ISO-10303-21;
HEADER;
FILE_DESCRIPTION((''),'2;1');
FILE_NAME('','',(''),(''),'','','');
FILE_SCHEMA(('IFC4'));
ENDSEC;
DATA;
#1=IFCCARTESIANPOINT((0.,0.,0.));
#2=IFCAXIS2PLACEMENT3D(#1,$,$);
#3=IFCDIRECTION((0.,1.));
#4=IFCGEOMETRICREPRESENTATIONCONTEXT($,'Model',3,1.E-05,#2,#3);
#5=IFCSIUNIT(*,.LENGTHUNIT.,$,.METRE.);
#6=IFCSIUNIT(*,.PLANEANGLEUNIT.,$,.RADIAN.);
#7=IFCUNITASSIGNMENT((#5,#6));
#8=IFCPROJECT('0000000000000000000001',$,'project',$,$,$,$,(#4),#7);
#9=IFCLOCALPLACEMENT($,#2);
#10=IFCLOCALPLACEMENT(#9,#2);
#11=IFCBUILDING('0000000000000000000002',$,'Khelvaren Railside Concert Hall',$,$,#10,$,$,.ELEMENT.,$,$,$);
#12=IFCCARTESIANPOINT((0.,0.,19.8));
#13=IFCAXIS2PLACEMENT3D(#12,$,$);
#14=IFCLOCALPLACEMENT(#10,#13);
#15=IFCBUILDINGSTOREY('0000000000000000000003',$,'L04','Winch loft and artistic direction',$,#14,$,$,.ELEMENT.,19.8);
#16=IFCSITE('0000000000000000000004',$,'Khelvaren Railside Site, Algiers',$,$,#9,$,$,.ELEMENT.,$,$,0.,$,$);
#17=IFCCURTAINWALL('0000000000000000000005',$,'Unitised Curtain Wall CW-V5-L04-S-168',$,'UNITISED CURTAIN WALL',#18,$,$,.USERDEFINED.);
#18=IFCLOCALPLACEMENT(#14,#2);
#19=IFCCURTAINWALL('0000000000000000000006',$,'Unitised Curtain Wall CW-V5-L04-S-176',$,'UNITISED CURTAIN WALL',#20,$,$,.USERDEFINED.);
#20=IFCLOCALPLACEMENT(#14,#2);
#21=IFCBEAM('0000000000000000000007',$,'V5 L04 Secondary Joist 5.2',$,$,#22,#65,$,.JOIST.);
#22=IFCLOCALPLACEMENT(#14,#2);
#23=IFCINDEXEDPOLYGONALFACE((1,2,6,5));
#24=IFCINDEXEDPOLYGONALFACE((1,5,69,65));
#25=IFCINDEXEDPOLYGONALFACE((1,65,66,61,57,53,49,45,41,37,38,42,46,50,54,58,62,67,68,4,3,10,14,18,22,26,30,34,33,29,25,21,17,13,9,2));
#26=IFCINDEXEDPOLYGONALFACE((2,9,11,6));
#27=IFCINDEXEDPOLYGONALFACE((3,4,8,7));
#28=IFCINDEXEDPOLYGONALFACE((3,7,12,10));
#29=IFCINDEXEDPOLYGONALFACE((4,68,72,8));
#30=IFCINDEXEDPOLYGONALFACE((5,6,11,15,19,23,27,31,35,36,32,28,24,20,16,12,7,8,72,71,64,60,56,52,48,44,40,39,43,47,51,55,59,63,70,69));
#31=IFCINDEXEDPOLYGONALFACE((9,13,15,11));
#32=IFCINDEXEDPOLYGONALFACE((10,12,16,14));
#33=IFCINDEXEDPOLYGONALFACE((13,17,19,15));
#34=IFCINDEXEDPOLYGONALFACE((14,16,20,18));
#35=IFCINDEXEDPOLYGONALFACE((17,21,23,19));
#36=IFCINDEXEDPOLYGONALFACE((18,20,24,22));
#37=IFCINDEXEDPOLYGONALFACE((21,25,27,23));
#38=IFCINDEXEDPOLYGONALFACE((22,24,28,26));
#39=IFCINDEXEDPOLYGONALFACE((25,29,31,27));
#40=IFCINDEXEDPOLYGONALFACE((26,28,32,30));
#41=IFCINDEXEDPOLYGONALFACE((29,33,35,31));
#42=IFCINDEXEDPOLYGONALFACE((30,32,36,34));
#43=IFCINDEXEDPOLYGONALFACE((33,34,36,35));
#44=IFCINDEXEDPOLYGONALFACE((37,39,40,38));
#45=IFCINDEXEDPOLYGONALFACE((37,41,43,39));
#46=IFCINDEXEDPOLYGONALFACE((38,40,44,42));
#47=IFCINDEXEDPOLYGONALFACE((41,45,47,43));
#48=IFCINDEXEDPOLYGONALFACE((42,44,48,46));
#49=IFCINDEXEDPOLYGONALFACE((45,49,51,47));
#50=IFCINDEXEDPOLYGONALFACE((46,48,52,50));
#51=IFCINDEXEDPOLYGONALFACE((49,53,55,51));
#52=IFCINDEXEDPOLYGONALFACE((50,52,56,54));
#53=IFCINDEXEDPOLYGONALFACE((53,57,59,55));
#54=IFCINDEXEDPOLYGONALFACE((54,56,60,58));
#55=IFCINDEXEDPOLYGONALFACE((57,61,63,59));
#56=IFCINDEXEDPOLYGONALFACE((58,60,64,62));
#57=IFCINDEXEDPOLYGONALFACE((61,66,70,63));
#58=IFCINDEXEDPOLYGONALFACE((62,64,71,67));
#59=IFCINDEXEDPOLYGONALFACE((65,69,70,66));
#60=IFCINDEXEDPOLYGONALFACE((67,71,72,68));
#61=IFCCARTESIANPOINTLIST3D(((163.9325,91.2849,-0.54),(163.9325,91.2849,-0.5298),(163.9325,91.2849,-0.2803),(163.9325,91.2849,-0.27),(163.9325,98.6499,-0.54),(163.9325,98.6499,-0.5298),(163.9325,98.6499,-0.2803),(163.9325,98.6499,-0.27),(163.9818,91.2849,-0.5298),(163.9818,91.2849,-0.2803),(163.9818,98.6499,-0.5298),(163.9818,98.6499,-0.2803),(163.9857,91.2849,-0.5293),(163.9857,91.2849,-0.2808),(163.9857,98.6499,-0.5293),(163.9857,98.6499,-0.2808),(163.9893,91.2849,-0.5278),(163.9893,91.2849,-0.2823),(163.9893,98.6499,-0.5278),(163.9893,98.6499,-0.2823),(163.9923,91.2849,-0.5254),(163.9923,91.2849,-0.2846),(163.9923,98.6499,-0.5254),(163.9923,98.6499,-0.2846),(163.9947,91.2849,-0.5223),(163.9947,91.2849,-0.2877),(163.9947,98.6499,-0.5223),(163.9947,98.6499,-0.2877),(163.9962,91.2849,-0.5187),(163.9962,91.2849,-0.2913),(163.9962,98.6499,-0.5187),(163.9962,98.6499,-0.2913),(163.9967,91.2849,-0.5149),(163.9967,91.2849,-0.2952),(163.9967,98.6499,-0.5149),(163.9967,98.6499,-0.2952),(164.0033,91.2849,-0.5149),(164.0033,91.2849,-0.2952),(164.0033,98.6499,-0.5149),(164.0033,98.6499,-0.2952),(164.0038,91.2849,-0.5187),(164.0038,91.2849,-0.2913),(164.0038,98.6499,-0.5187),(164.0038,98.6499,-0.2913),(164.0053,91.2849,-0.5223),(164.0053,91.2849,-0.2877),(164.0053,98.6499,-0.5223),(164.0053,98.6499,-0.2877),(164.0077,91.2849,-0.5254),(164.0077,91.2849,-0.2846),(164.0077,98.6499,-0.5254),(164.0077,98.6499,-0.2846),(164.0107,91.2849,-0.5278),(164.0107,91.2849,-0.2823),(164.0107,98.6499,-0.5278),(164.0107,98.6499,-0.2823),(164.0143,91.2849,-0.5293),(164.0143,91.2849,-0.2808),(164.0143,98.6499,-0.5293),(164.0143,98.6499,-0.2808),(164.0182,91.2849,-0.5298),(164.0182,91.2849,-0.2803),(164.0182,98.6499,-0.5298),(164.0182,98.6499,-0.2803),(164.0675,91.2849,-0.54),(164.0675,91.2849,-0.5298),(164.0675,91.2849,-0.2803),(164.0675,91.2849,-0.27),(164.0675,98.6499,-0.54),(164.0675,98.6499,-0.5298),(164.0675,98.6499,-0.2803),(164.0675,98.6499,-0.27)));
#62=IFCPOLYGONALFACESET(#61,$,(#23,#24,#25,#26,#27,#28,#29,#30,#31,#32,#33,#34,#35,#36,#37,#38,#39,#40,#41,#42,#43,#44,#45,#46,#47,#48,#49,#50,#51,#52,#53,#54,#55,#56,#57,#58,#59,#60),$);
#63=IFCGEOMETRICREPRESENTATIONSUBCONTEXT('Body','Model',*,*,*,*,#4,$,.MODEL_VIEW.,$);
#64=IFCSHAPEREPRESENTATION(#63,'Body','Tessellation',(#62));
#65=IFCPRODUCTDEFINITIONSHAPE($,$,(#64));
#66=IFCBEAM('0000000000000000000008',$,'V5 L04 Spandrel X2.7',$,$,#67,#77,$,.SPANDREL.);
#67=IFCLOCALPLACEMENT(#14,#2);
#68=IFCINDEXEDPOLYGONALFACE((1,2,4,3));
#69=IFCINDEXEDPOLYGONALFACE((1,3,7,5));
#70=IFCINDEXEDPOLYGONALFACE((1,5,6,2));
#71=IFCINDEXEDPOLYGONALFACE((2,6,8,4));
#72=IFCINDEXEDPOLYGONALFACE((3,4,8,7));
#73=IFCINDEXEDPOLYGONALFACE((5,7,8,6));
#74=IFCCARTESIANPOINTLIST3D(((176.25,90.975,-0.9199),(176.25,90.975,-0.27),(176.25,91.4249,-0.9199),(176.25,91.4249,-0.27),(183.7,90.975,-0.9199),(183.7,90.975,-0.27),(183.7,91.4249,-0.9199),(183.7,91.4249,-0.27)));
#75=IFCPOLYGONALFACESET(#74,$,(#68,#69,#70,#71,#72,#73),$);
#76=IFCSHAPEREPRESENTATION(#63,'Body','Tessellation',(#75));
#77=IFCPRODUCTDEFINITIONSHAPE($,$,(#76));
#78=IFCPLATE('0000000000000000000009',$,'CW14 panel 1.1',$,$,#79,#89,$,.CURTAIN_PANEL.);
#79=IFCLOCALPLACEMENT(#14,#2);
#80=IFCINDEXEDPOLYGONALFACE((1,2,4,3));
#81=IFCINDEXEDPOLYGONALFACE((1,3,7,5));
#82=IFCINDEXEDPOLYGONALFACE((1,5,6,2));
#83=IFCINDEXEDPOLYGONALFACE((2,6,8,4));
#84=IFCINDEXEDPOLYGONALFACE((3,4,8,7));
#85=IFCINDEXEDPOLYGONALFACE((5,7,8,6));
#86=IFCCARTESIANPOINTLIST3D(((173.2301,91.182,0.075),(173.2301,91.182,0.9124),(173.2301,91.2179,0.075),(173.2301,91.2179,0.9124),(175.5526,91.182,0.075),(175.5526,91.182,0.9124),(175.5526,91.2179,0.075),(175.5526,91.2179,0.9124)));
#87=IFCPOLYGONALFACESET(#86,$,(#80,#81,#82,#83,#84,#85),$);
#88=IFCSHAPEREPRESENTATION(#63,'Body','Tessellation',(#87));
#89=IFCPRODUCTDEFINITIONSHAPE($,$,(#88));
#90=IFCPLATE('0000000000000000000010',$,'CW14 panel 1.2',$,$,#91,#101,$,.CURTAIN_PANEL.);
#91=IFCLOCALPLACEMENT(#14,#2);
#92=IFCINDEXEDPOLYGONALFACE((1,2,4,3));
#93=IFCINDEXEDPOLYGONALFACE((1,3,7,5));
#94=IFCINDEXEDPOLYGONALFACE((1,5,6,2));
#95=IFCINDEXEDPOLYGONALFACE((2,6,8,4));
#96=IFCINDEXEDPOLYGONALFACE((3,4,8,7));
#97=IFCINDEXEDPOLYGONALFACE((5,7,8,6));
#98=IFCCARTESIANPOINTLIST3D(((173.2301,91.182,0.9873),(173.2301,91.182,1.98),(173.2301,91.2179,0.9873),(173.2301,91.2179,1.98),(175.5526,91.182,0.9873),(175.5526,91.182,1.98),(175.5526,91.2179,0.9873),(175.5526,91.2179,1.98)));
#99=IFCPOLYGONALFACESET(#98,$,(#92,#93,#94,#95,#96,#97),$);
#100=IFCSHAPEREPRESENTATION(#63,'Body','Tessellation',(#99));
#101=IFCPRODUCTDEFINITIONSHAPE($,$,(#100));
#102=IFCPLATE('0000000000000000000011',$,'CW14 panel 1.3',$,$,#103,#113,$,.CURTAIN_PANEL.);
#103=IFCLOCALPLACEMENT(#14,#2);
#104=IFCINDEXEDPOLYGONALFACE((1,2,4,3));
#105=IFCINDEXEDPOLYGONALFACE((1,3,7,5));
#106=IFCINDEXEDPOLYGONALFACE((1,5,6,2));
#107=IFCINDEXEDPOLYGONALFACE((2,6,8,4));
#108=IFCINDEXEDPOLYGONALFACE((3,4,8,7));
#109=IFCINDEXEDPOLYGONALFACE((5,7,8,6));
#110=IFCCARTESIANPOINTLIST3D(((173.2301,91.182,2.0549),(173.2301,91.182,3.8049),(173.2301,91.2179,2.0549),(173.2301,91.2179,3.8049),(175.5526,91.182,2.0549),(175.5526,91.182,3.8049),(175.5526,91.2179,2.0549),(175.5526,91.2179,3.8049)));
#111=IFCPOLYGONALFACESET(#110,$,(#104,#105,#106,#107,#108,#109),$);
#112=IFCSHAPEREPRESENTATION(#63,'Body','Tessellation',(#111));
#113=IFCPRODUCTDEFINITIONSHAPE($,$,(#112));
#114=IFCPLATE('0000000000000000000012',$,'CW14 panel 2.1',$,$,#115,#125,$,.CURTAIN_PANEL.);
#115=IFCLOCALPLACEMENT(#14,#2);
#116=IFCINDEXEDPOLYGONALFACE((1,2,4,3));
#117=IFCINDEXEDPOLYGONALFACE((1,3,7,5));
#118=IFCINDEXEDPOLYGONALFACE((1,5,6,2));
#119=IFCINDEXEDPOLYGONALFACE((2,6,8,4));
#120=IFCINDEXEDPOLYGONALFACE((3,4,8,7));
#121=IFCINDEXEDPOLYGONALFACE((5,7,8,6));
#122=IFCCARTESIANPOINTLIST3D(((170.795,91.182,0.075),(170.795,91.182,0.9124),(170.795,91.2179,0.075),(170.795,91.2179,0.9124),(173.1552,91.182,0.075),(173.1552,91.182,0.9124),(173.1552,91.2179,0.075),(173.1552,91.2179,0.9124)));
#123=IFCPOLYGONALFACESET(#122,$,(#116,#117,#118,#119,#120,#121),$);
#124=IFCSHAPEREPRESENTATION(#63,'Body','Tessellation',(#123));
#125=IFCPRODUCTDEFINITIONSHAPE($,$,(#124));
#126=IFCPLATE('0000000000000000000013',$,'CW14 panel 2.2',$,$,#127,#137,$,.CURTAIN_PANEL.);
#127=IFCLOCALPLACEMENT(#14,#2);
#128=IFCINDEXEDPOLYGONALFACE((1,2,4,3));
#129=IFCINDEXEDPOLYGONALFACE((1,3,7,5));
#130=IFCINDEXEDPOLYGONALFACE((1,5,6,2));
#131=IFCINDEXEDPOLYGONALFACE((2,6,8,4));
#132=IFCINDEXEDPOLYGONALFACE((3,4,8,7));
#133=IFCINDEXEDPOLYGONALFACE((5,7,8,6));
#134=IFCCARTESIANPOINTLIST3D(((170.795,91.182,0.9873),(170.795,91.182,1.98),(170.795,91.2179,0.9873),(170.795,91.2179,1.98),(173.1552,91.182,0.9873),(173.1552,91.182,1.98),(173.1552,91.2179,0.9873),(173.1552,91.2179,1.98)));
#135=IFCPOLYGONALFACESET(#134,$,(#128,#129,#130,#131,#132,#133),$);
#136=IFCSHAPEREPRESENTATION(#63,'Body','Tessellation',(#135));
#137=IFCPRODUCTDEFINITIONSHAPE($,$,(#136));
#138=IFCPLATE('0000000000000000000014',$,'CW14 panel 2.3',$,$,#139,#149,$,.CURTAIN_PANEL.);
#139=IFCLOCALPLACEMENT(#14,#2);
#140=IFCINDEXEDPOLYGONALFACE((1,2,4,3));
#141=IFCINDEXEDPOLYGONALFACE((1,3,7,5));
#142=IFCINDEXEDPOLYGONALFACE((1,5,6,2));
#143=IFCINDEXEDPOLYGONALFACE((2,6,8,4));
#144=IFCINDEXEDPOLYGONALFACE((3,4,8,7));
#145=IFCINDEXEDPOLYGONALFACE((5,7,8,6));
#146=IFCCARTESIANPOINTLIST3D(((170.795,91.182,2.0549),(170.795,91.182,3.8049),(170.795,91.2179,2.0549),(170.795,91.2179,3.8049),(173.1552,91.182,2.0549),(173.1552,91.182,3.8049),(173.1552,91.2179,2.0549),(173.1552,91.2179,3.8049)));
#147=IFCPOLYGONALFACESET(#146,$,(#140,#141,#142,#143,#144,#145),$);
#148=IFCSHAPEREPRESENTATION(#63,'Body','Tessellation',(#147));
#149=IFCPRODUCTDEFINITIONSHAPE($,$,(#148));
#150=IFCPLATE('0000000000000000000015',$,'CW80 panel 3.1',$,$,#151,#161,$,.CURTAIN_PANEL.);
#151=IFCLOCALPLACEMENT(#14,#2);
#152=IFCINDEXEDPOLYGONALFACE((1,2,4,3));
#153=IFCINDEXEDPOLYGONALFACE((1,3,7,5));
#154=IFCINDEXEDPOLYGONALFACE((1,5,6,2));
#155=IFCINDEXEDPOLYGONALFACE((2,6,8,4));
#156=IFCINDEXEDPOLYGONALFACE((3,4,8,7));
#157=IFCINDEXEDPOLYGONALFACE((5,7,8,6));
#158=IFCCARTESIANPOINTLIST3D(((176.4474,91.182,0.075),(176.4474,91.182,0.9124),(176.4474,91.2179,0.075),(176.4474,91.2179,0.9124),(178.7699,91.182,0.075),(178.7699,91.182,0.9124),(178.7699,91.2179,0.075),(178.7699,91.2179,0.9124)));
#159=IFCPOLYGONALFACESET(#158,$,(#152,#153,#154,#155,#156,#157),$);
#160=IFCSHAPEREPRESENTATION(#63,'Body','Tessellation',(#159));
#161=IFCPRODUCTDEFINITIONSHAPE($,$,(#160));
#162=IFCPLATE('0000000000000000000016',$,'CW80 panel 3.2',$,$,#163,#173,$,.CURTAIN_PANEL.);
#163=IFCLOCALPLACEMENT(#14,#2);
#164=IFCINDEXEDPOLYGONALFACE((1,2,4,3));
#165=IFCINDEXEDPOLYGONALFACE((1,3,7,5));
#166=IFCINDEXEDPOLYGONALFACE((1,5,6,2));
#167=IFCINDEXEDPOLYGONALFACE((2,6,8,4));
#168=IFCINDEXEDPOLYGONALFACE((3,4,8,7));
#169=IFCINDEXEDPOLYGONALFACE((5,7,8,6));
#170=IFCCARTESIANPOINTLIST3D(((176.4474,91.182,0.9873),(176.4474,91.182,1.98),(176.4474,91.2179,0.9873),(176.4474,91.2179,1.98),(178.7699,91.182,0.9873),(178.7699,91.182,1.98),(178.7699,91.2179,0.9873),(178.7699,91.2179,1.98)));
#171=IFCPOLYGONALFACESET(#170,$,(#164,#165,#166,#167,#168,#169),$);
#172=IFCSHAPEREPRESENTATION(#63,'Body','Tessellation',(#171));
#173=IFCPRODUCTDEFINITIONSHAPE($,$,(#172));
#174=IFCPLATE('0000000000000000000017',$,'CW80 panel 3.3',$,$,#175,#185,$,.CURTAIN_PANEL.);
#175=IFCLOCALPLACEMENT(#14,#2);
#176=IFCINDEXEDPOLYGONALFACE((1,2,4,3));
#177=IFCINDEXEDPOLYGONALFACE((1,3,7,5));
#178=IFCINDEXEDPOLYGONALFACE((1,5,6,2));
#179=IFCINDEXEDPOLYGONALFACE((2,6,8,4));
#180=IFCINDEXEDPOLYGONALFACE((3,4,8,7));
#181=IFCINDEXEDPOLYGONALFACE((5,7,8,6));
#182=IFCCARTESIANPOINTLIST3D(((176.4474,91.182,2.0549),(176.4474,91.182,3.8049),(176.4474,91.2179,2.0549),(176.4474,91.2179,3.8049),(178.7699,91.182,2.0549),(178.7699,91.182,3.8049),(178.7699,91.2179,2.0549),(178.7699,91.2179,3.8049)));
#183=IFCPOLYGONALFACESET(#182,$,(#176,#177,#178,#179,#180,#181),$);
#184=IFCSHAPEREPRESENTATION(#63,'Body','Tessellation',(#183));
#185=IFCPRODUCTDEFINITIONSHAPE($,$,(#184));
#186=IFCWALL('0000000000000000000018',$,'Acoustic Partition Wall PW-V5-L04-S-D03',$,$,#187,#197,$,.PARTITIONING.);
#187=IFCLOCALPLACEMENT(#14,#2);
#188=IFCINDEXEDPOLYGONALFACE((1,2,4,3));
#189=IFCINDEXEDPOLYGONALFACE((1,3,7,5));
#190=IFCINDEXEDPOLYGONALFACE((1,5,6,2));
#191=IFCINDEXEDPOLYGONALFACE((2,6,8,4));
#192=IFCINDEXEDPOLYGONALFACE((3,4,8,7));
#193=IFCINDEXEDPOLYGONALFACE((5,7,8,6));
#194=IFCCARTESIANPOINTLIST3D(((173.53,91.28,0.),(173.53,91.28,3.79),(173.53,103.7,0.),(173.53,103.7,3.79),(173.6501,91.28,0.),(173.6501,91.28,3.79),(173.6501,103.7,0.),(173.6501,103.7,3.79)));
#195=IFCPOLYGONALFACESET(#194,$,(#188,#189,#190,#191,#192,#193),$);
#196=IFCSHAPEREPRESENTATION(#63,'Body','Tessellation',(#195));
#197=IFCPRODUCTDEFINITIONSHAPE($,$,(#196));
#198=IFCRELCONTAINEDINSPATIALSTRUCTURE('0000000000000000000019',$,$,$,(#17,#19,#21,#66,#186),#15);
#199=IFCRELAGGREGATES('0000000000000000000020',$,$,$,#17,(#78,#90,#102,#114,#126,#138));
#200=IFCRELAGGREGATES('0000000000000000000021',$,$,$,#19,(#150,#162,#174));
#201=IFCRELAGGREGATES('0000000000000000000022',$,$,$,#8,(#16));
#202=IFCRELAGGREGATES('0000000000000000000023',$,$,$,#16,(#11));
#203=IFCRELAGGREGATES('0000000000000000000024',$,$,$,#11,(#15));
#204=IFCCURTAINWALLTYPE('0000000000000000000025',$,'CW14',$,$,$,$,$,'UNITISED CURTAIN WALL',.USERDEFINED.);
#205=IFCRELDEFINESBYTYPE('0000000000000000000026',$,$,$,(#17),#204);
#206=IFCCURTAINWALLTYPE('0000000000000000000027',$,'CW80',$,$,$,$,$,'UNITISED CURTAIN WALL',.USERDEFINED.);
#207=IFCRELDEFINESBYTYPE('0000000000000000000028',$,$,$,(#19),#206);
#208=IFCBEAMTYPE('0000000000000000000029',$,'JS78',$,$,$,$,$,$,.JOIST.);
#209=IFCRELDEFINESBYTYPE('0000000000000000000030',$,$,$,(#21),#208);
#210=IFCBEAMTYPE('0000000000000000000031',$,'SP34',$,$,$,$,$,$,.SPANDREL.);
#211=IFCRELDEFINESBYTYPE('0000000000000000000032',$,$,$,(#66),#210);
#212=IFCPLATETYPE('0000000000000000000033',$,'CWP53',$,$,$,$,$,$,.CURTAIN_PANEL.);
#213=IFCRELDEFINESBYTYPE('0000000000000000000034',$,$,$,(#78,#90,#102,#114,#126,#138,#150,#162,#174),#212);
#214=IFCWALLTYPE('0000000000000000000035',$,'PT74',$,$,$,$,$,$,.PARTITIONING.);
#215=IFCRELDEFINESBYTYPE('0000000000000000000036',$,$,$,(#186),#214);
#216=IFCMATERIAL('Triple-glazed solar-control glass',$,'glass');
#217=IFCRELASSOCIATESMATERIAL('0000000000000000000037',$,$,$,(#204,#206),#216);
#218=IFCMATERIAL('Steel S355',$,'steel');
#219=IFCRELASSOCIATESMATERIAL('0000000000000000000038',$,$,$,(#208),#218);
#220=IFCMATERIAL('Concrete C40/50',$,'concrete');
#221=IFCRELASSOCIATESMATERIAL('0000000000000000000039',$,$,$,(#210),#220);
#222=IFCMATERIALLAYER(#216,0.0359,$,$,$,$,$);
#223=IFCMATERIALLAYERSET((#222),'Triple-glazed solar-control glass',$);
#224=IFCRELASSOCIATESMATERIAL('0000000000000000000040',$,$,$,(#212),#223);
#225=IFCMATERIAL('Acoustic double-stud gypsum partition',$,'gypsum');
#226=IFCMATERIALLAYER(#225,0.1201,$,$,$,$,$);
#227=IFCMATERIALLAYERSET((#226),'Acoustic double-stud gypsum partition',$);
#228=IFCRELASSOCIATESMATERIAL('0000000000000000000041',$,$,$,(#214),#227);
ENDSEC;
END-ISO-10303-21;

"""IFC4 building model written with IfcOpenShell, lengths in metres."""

from ifc_helpers import new_model, si_unit, direction, frame, frame_2d, origin, origin_2d, place, context, subcontext, project, spatial, rectangle, i_section, extrude, material, layer, layer_set, material_profile, profile_set, type_object, element, aggregate, save


model = new_model("IFC4")

# Units and contexts
model_context = context("Model", 3, precision=1e-05, world=origin(), true_north=direction((0.0, 1.0)))
body_context = subcontext(model_context, "Body", "Model", "MODEL_VIEW")
ifc_project = project(units=[si_unit("LENGTHUNIT", "METRE"), si_unit("PLANEANGLEUNIT", "RADIAN")], contexts=[model_context])

# Site, building, storey
site_placement = place(None, origin())
site = spatial("IfcSite", under=ifc_project, at=site_placement, Name="Khelvaren Railside Site, Algiers", CompositionType="ELEMENT", RefElevation=0.0)
building_placement = place(site_placement, origin())
building = spatial("IfcBuilding", under=site, at=building_placement, Name="Khelvaren Railside Concert Hall", CompositionType="ELEMENT")
storey_placement = place(building_placement, frame((0.0, 0.0, 19.8)))
storey = spatial("IfcBuildingStorey", under=building, at=storey_placement, Name="L04", Description="Winch loft and artistic direction", CompositionType="ELEMENT", Elevation=19.8)

# Shared definitions
ifc_material_1 = material(Name="Steel S355", Category="steel")

# Curtain wall
ifc_material_2 = material(Name="Triple-glazed solar-control glass", Category="glass")
curtain_wall_type_1 = type_object("IfcCurtainWallType", Name="CW14", ElementType="UNITISED CURTAIN WALL", PredefinedType="USERDEFINED", material=ifc_material_2)
curtain_wall_1_placement = place(storey_placement, origin())
curtain_wall_1 = element("IfcCurtainWall", 1, at=curtain_wall_1_placement, inside=storey, type_object=curtain_wall_type_1, Name="Unitised Curtain Wall CW-V5-L04-S-168", ObjectType="UNITISED CURTAIN WALL", PredefinedType="USERDEFINED")

# Curtain wall
curtain_wall_type_2 = type_object("IfcCurtainWallType", Name="CW80", ElementType="UNITISED CURTAIN WALL", PredefinedType="USERDEFINED", material=ifc_material_2)
curtain_wall_2_placement = place(storey_placement, origin())
curtain_wall_2 = element("IfcCurtainWall", 2, at=curtain_wall_2_placement, inside=storey, type_object=curtain_wall_type_2, Name="Unitised Curtain Wall CW-V5-L04-S-176", ObjectType="UNITISED CURTAIN WALL", PredefinedType="USERDEFINED")

# Beams
ifc_material_profile_1 = material_profile(ifc_material_1, i_section(OverallWidth=0.135, OverallDepth=0.27, WebThickness=0.0066, FlangeThickness=0.0103, FilletRadius=0.0149, at=origin_2d()), Name="IPE 270")
ifc_profile_set_1 = profile_set([ifc_material_profile_1], Name="Steel S355")
beam_type_1 = type_object("IfcBeamType", Name="JS78", PredefinedType="JOIST", material=ifc_profile_set_1)
beam_1_placement = place(storey_placement, frame((164.0, 91.2849, -0.405), z_axis=(0.0, 1.0, 0.0), x_axis=(-1.0, 0.0, 0.0)))
element("IfcBeam", 3, at=beam_1_placement, inside=storey, type_object=beam_type_1, Name="V5 L04 Secondary Joist 5.2", PredefinedType="JOIST", context=body_context, shape_type="SweptSolid", body=[
    extrude(i_section(OverallWidth=0.135, OverallDepth=0.27, WebThickness=0.0066, FlangeThickness=0.0103, FilletRadius=0.0149, at=origin_2d()), origin(), (0.0, 0.0, 1.0), 7.365),
])
ifc_material_3 = material(Name="Concrete C40/50", Category="concrete")
ifc_material_profile_2 = material_profile(ifc_material_3, rectangle(XDim=0.45, YDim=0.6499, at=origin_2d()), Name="RCB 450x650")
ifc_profile_set_2 = profile_set([ifc_material_profile_2], Name="Concrete C40/50")
beam_type_2 = type_object("IfcBeamType", Name="SP34", PredefinedType="SPANDREL", material=ifc_profile_set_2)
beam_2_placement = place(storey_placement, frame((176.25, 91.2, -0.595), z_axis=(1.0, 0.0, 0.0), x_axis=(0.0, 1.0, 0.0)))
element("IfcBeam", 4, at=beam_2_placement, inside=storey, type_object=beam_type_2, Name="V5 L04 Spandrel X2.7", PredefinedType="SPANDREL", context=body_context, shape_type="SweptSolid", body=[
    extrude(rectangle(XDim=0.45, YDim=0.6499, at=origin_2d()), origin(), (0.0, 0.0, 1.0), 7.45),
])

# Plates
ifc_layer_1 = layer(ifc_material_2, 0.0359)
ifc_layer_set_1 = layer_set([ifc_layer_1], Name="Triple-glazed solar-control glass")
plate_type = type_object("IfcPlateType", Name="CWP53", PredefinedType="CURTAIN_PANEL", material=ifc_layer_set_1)
plate_1_placement = place(storey_placement, frame((174.3914, 91.2, 0.075), z_axis=(0.0, 0.0, 1.0), x_axis=(-1.0, 0.0, 0.0)))
plate_1 = element("IfcPlate", 5, at=plate_1_placement, type_object=plate_type, Name="CW14 panel 1.1", PredefinedType="CURTAIN_PANEL", context=body_context, shape_type="SweptSolid", body=[
    extrude(rectangle(XDim=2.3225, YDim=0.0359, at=origin_2d()), origin(), (0.0, 0.0, 1.0), 0.8374),
])
plate_2_placement = place(storey_placement, frame((174.3914, 91.2, 0.9873), z_axis=(0.0, 0.0, 1.0), x_axis=(-1.0, 0.0, 0.0)))
plate_2 = element("IfcPlate", 6, at=plate_2_placement, type_object=plate_type, Name="CW14 panel 1.2", PredefinedType="CURTAIN_PANEL", context=body_context, shape_type="SweptSolid", body=[
    extrude(rectangle(XDim=2.3225, YDim=0.0359, at=origin_2d()), origin(), (0.0, 0.0, 1.0), 0.9927),
])
plate_3_placement = place(storey_placement, frame((174.3914, 91.2, 2.0549), z_axis=(0.0, 0.0, 1.0), x_axis=(-1.0, 0.0, 0.0)))
plate_3 = element("IfcPlate", 7, at=plate_3_placement, type_object=plate_type, Name="CW14 panel 1.3", PredefinedType="CURTAIN_PANEL", context=body_context, shape_type="SweptSolid", body=[
    extrude(rectangle(XDim=2.3225, YDim=0.0359, at=origin_2d()), origin(), (0.0, 0.0, 1.0), 1.75),
])
plate_4_placement = place(storey_placement, frame((171.9751, 91.2, 0.075), z_axis=(0.0, 0.0, 1.0), x_axis=(-1.0, 0.0, 0.0)))
plate_4 = element("IfcPlate", 8, at=plate_4_placement, type_object=plate_type, Name="CW14 panel 2.1", PredefinedType="CURTAIN_PANEL", context=body_context, shape_type="SweptSolid", body=[
    extrude(rectangle(XDim=2.3601, YDim=0.0359, at=origin_2d()), origin(), (0.0, 0.0, 1.0), 0.8374),
])
plate_5_placement = place(storey_placement, frame((171.9751, 91.2, 0.9873), z_axis=(0.0, 0.0, 1.0), x_axis=(-1.0, 0.0, 0.0)))
plate_5 = element("IfcPlate", 9, at=plate_5_placement, type_object=plate_type, Name="CW14 panel 2.2", PredefinedType="CURTAIN_PANEL", context=body_context, shape_type="SweptSolid", body=[
    extrude(rectangle(XDim=2.3601, YDim=0.0359, at=origin_2d()), origin(), (0.0, 0.0, 1.0), 0.9927),
])
plate_6_placement = place(storey_placement, frame((171.9751, 91.2, 2.0549), z_axis=(0.0, 0.0, 1.0), x_axis=(-1.0, 0.0, 0.0)))
plate_6 = element("IfcPlate", 10, at=plate_6_placement, type_object=plate_type, Name="CW14 panel 2.3", PredefinedType="CURTAIN_PANEL", context=body_context, shape_type="SweptSolid", body=[
    extrude(rectangle(XDim=2.3601, YDim=0.0359, at=origin_2d()), origin(), (0.0, 0.0, 1.0), 1.75),
])
aggregate(curtain_wall_1, [plate_1, plate_2, plate_3, plate_4, plate_5, plate_6])
plate_7_placement = place(storey_placement, frame((177.6086, 91.2, 0.075), z_axis=(0.0, 0.0, 1.0), x_axis=(-1.0, 0.0, 0.0)))
plate_7 = element("IfcPlate", 11, at=plate_7_placement, type_object=plate_type, Name="CW80 panel 3.1", PredefinedType="CURTAIN_PANEL", context=body_context, shape_type="SweptSolid", body=[
    extrude(rectangle(XDim=2.3225, YDim=0.0359, at=origin_2d()), origin(), (0.0, 0.0, 1.0), 0.8374),
])
plate_8_placement = place(storey_placement, frame((177.6086, 91.2, 0.9873), z_axis=(0.0, 0.0, 1.0), x_axis=(-1.0, 0.0, 0.0)))
plate_8 = element("IfcPlate", 12, at=plate_8_placement, type_object=plate_type, Name="CW80 panel 3.2", PredefinedType="CURTAIN_PANEL", context=body_context, shape_type="SweptSolid", body=[
    extrude(rectangle(XDim=2.3225, YDim=0.0359, at=origin_2d()), origin(), (0.0, 0.0, 1.0), 0.9927),
])
plate_9_placement = place(storey_placement, frame((177.6086, 91.2, 2.0549), z_axis=(0.0, 0.0, 1.0), x_axis=(-1.0, 0.0, 0.0)))
plate_9 = element("IfcPlate", 13, at=plate_9_placement, type_object=plate_type, Name="CW80 panel 3.3", PredefinedType="CURTAIN_PANEL", context=body_context, shape_type="SweptSolid", body=[
    extrude(rectangle(XDim=2.3225, YDim=0.0359, at=origin_2d()), origin(), (0.0, 0.0, 1.0), 1.75),
])
aggregate(curtain_wall_2, [plate_7, plate_8, plate_9])

# Wall
ifc_material_4 = material(Name="Acoustic double-stud gypsum partition", Category="gypsum")
ifc_layer_2 = layer(ifc_material_4, 0.1201)
ifc_layer_set_2 = layer_set([ifc_layer_2], Name="Acoustic double-stud gypsum partition")
wall_type_1 = type_object("IfcWallType", Name="PT74", PredefinedType="PARTITIONING", material=ifc_layer_set_2)
wall_1_placement = place(storey_placement, frame((173.5901, 91.28, 0.0), z_axis=(0.0, 0.0, 1.0), x_axis=(0.0, 1.0, 0.0)))
element("IfcWall", 14, at=wall_1_placement, inside=storey, type_object=wall_type_1, Name="Acoustic Partition Wall PW-V5-L04-S-D03", PredefinedType="PARTITIONING", context=body_context, shape_type="SweptSolid", body=[
    extrude(rectangle(XDim=12.4199, YDim=0.1201, at=frame_2d((6.21, 0.0))), origin(), (0.0, 0.0, 1.0), 3.79),
])

save(model, "model.ifc")
